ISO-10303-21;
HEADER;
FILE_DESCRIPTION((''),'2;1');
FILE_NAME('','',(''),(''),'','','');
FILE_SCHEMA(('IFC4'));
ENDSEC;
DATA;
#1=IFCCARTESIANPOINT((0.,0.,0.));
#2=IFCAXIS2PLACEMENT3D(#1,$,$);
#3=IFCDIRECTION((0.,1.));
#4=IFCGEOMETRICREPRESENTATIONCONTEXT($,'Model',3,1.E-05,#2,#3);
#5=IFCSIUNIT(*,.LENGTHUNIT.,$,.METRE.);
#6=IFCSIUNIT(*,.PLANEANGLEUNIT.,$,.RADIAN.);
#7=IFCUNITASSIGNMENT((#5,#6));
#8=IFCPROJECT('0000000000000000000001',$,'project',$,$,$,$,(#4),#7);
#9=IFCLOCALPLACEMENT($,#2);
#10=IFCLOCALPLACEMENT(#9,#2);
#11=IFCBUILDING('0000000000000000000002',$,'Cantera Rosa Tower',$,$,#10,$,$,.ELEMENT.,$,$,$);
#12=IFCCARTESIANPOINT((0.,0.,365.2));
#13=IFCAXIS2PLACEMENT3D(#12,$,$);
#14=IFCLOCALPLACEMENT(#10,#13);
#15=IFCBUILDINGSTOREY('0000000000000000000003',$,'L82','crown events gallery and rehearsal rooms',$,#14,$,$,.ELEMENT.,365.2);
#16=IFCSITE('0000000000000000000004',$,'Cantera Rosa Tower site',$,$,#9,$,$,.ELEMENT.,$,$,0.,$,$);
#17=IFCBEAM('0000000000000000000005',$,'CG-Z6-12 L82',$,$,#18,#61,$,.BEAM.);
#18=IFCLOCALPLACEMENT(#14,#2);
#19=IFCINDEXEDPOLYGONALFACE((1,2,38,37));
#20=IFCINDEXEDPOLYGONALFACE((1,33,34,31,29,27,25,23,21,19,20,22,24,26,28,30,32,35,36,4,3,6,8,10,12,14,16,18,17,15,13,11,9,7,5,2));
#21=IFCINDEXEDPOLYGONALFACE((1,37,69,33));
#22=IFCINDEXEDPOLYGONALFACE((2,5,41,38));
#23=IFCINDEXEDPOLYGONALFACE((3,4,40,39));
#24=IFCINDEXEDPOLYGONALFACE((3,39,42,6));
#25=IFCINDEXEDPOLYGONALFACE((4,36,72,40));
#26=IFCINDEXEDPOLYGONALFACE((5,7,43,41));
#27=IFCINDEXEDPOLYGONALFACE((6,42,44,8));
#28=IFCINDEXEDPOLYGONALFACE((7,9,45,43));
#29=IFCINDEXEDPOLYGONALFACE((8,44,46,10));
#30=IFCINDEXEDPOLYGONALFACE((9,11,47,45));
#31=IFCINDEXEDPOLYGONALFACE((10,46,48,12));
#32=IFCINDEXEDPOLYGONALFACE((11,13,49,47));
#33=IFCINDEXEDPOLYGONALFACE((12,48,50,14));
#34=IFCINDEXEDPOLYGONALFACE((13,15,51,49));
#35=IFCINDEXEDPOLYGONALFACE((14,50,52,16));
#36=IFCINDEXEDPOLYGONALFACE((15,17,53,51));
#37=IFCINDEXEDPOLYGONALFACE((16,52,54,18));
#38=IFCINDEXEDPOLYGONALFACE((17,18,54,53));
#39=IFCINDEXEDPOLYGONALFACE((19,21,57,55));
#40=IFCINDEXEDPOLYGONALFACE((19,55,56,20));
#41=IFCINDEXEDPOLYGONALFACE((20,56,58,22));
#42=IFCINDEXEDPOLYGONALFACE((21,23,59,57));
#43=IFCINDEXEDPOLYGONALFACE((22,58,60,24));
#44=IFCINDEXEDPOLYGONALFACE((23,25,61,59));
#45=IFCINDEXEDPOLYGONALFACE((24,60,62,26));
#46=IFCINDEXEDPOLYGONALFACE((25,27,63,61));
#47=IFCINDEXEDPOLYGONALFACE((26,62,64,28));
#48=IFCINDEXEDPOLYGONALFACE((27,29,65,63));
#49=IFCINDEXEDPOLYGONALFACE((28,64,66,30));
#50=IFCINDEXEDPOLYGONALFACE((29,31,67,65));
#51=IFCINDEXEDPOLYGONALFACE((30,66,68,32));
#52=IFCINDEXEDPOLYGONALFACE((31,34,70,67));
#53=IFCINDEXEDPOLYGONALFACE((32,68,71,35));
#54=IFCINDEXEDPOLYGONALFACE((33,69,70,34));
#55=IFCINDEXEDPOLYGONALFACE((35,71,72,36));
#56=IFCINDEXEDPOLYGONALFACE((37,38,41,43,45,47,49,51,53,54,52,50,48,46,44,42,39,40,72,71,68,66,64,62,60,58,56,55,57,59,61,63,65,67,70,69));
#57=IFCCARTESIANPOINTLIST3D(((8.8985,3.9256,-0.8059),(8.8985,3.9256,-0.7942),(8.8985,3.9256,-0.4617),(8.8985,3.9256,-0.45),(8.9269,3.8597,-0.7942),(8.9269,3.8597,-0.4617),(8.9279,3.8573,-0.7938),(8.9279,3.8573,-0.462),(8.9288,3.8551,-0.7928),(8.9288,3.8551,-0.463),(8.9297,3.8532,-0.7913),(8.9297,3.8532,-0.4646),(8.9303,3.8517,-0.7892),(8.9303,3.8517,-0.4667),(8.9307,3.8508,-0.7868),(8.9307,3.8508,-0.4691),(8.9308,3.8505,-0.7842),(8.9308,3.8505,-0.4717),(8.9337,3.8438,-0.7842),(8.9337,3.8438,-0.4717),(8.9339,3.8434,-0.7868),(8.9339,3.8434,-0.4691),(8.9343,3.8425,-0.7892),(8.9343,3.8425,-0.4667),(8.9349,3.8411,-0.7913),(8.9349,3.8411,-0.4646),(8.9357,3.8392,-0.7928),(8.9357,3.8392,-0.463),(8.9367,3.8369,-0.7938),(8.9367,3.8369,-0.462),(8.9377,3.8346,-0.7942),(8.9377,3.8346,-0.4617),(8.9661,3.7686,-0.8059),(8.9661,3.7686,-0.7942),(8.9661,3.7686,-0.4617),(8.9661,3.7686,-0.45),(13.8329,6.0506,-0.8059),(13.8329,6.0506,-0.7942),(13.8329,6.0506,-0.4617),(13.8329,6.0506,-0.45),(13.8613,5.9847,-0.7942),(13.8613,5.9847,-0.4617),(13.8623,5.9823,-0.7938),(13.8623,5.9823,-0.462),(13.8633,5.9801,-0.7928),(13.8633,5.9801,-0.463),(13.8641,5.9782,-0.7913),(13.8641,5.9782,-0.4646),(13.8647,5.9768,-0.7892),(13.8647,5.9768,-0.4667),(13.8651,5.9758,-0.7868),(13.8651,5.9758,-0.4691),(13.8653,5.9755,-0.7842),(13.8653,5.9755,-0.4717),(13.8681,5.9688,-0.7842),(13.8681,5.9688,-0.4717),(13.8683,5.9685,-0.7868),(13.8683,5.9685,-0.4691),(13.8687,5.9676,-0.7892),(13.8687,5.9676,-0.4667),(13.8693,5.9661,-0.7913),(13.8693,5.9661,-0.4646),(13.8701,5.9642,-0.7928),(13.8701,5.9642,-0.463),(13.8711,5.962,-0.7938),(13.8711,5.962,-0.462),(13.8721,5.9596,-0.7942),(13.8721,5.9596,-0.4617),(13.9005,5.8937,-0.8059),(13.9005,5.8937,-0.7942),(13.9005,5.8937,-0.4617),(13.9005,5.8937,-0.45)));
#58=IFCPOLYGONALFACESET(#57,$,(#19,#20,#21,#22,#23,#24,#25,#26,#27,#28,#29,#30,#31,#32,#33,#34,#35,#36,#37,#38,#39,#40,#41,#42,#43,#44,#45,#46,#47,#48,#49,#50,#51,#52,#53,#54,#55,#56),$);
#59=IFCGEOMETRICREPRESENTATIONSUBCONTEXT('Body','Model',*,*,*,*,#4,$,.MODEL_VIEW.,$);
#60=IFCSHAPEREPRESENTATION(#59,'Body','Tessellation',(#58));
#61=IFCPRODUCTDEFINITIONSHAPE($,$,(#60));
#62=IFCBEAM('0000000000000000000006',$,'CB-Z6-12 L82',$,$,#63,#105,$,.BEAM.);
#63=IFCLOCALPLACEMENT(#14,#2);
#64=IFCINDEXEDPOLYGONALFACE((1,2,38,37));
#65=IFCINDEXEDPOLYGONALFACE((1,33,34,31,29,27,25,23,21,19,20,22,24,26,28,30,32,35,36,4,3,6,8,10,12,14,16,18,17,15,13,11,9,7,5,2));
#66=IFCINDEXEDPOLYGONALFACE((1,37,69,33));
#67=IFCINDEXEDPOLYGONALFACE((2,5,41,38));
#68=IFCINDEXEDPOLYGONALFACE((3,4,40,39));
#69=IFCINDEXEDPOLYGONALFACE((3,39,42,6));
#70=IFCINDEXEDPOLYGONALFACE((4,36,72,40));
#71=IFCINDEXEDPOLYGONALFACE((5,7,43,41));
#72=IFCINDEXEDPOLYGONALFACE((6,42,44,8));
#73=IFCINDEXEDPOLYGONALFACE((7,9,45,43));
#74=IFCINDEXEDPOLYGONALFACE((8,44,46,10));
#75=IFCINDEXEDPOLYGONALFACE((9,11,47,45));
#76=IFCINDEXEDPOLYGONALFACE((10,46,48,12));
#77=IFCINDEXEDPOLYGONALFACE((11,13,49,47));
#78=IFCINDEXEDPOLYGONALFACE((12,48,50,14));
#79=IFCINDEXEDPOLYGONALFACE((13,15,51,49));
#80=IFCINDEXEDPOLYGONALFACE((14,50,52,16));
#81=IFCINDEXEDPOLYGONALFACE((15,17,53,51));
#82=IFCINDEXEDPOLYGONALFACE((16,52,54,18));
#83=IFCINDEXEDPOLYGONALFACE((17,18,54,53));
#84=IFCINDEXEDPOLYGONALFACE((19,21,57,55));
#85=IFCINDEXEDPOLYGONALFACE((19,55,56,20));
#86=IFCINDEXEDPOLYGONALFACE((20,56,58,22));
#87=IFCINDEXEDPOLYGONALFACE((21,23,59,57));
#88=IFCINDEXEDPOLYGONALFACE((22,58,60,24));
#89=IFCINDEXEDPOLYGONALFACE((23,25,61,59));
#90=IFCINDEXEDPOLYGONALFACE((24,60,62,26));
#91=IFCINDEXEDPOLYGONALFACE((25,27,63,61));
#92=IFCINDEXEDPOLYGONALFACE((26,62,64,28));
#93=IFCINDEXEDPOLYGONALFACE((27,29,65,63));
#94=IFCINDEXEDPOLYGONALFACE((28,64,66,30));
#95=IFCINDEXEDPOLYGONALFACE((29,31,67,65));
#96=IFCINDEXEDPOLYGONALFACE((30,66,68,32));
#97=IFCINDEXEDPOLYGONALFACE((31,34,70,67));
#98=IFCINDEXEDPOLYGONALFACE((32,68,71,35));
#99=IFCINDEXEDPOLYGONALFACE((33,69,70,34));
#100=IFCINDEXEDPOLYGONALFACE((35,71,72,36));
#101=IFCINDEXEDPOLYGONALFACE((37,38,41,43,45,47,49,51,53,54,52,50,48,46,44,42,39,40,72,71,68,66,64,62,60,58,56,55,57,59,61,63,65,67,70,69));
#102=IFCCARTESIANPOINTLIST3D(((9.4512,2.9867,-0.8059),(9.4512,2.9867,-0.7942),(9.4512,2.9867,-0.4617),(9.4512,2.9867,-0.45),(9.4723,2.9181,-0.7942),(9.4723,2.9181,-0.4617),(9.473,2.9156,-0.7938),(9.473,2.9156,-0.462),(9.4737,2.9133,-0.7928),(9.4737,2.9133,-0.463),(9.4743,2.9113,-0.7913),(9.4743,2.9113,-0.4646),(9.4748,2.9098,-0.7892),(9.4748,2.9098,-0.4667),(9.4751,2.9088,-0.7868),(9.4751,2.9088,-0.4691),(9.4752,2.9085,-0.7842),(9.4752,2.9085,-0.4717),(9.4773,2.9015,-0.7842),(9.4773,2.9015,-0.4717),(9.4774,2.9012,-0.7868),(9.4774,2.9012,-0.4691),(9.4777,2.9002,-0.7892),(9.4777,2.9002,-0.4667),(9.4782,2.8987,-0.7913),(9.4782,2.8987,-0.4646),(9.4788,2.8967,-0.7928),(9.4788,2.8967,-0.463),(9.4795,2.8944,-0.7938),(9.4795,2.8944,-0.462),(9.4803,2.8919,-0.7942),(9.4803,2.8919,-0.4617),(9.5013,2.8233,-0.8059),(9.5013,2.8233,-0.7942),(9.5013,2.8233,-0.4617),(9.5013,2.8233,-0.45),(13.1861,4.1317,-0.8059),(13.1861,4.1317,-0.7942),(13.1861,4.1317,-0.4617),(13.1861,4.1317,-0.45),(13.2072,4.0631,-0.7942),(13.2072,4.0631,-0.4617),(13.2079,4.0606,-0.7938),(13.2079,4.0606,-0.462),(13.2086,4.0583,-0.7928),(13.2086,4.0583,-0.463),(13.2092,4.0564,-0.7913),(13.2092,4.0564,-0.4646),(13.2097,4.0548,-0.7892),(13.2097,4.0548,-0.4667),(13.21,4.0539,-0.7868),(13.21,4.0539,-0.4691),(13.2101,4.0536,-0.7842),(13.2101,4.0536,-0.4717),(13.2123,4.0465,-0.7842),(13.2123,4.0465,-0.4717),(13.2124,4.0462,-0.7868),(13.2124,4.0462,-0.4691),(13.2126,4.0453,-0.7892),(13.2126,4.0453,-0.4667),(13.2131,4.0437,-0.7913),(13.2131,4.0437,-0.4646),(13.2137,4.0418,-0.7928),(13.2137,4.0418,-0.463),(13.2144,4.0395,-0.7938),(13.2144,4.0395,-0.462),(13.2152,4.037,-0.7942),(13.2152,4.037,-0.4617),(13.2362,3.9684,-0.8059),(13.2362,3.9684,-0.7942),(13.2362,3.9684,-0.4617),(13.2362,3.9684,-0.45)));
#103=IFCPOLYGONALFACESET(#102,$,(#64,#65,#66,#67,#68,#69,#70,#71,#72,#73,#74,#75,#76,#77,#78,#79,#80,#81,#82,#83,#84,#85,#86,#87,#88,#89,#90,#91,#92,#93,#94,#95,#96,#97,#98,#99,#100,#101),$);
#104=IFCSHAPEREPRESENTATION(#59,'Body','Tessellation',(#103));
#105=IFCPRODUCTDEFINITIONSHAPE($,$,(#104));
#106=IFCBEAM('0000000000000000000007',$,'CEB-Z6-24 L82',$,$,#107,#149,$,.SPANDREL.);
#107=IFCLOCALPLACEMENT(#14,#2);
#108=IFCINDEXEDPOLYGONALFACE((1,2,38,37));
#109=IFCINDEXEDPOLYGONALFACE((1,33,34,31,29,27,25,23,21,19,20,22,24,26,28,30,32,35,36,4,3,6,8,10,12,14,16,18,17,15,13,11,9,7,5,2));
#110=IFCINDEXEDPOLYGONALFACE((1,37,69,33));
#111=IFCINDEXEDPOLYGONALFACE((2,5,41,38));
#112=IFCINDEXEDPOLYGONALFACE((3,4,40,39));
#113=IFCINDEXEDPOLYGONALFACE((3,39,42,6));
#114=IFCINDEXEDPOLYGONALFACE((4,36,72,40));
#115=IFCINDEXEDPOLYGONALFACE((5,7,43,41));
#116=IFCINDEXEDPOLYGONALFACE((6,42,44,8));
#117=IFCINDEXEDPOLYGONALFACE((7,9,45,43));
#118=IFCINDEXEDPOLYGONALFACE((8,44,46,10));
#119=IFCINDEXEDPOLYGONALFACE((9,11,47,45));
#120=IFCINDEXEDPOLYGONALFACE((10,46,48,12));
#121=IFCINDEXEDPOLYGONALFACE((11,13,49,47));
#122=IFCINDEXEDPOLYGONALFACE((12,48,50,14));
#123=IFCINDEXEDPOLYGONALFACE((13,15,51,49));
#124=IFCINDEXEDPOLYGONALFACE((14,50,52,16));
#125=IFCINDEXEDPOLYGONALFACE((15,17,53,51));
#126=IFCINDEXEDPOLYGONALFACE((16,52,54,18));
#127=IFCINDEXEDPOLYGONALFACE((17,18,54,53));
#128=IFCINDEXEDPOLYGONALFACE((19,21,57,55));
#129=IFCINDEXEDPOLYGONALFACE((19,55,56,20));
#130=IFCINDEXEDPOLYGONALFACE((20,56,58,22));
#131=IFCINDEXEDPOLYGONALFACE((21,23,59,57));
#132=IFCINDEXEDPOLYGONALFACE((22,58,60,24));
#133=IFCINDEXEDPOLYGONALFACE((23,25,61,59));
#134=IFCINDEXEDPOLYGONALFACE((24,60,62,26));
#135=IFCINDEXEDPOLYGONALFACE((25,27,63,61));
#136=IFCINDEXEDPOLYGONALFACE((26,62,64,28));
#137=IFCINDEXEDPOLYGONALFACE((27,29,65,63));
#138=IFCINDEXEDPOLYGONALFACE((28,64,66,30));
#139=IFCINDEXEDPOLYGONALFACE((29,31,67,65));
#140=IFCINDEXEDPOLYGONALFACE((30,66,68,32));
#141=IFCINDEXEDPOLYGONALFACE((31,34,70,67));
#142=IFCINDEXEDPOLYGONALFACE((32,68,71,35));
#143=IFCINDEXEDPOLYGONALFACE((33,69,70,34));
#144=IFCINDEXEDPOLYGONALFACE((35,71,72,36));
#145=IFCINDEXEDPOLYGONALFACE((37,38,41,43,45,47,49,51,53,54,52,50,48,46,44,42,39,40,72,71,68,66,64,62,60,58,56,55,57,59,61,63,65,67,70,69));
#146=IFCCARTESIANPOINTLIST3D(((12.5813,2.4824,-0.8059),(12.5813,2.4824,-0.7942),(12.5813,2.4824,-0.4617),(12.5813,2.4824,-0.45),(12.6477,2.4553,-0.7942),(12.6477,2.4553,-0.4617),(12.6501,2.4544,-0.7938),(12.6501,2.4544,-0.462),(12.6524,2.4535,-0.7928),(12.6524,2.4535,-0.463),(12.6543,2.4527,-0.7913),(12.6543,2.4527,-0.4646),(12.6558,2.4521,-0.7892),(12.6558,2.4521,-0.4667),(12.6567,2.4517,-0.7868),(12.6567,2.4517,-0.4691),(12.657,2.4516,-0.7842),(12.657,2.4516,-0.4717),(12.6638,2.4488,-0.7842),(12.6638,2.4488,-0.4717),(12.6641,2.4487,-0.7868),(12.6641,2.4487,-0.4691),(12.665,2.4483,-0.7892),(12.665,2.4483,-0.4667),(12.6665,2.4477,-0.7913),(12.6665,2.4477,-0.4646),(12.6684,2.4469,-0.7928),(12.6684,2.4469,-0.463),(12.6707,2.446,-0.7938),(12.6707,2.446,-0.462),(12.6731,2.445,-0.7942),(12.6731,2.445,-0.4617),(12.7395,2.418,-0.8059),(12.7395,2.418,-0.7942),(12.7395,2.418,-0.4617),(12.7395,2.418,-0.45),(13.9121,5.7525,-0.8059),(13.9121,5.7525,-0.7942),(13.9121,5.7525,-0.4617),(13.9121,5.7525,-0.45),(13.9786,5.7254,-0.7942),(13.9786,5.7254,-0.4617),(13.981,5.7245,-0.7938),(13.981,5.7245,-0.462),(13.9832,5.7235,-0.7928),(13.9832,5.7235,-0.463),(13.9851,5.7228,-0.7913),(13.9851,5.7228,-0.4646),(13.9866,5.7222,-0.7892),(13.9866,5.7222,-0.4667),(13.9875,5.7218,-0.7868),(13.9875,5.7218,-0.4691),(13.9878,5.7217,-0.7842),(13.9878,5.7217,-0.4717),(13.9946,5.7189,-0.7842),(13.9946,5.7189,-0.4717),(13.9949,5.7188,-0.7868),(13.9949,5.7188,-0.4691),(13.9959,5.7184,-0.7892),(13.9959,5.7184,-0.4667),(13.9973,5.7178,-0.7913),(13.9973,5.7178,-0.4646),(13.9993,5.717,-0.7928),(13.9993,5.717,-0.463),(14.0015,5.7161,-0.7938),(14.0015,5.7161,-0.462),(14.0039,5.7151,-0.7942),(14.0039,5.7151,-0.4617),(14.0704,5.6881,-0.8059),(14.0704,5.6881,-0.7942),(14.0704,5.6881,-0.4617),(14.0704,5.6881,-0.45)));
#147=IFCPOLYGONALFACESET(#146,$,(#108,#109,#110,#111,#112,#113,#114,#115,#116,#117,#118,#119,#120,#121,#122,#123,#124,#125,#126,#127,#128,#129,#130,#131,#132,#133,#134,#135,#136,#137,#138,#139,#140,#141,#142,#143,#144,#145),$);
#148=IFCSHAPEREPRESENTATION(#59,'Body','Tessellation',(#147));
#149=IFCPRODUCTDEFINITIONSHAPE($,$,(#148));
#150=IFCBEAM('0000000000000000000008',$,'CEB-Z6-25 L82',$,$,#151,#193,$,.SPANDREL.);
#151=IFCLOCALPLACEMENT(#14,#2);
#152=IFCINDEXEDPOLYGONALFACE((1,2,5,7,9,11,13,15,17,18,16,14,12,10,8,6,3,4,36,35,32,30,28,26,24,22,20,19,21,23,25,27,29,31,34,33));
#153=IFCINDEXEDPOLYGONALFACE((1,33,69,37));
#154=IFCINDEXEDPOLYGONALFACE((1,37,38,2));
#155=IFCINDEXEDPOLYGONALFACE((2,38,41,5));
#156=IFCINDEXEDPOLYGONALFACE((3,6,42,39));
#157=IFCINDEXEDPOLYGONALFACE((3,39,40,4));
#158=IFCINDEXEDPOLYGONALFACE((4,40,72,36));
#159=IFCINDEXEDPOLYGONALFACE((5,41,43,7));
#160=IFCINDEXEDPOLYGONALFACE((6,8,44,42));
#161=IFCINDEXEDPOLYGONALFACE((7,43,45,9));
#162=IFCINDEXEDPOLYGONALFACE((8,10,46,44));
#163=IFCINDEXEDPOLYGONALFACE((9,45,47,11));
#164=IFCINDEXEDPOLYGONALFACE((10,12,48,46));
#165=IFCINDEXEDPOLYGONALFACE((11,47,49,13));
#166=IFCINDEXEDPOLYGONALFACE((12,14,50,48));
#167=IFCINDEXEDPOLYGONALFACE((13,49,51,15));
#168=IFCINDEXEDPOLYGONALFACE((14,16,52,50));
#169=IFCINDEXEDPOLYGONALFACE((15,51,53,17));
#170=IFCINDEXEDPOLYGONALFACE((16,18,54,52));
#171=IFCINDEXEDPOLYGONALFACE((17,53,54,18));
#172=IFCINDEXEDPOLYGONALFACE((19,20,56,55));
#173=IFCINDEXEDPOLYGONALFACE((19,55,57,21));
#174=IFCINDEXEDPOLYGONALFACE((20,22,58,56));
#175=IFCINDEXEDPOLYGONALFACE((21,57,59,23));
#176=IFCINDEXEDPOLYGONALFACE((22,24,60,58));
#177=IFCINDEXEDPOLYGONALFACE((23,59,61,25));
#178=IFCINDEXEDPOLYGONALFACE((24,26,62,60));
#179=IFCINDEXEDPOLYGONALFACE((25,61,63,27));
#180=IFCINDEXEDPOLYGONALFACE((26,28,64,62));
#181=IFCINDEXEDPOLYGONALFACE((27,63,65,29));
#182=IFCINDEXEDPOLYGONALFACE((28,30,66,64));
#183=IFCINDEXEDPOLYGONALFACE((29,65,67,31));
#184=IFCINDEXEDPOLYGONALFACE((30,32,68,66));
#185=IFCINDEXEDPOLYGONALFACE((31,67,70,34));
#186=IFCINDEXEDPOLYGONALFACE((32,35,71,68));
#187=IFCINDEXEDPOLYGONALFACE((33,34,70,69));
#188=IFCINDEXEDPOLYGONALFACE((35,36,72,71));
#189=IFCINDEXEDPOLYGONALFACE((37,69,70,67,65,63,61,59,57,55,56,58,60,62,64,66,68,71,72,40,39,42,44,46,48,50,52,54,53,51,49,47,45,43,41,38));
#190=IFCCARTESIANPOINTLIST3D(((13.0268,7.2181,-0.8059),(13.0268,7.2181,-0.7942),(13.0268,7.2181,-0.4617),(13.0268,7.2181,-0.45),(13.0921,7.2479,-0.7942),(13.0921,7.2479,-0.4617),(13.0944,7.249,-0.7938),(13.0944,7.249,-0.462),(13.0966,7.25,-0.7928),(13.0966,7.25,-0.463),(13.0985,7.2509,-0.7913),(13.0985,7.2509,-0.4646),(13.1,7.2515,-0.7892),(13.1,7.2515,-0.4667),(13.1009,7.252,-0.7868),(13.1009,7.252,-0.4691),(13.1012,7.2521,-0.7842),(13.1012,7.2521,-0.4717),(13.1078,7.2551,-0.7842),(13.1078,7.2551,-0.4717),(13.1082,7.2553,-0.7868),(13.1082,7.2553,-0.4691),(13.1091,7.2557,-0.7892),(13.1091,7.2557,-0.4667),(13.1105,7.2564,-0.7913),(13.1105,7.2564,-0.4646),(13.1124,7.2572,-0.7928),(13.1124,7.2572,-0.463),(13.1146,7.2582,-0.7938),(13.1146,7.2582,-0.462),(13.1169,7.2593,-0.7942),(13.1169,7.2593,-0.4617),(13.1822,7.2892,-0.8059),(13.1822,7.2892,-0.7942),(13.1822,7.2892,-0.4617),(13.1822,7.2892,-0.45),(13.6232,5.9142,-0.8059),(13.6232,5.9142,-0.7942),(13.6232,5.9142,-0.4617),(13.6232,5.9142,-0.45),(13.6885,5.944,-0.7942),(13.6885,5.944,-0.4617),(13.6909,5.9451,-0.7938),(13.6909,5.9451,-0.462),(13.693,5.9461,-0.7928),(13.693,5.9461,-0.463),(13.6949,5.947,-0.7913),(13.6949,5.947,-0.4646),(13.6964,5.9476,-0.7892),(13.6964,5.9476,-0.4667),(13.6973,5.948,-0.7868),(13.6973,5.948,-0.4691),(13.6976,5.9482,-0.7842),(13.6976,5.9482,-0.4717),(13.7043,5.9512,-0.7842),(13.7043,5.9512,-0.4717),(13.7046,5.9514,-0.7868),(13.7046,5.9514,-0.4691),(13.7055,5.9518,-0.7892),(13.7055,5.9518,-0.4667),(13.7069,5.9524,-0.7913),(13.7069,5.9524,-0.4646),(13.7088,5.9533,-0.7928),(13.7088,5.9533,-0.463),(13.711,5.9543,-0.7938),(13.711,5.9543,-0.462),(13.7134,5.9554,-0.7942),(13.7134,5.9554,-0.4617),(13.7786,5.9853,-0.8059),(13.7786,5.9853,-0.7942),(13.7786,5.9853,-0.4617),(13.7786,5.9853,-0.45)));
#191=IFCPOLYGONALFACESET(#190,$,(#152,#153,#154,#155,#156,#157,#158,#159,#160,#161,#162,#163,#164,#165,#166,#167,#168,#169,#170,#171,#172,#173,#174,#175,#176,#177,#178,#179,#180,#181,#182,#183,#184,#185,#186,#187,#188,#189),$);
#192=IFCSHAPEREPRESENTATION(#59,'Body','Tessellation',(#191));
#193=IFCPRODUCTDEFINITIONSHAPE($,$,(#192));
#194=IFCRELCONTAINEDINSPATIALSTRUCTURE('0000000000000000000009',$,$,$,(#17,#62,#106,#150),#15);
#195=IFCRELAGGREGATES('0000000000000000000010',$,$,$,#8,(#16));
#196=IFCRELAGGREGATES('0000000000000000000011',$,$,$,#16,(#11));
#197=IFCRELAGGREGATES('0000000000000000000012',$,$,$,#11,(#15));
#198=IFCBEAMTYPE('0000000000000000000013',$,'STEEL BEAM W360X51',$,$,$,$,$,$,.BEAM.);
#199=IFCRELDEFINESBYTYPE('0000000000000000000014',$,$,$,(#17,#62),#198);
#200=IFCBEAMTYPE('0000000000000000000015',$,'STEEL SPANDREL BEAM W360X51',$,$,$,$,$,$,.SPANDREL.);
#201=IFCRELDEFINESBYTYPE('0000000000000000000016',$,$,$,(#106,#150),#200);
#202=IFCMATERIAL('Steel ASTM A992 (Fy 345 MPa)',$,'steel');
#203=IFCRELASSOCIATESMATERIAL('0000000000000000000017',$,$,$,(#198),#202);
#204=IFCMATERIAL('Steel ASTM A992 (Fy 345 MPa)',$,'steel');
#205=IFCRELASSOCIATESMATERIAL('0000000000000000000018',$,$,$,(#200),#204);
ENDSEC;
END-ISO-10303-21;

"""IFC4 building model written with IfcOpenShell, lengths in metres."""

from ifc_helpers import new_model, si_unit, direction, frame, origin, origin_2d, place, context, subcontext, project, spatial, i_section, extrude, material, material_profile, profile_set, type_object, element, save


model = new_model("IFC4")

# Units and contexts
model_context = context("Model", 3, precision=1e-05, world=origin(), true_north=direction((0.0, 1.0)))
body_context = subcontext(model_context, "Body", "Model", "MODEL_VIEW")
ifc_project = project(units=[si_unit("LENGTHUNIT", "METRE"), si_unit("PLANEANGLEUNIT", "RADIAN")], contexts=[model_context])

# Site, building, storey
site_placement = place(None, origin())
site = spatial("IfcSite", under=ifc_project, at=site_placement, Name="Cantera Rosa Tower site", CompositionType="ELEMENT", RefElevation=0.0)
building_placement = place(site_placement, origin())
building = spatial("IfcBuilding", under=site, at=building_placement, Name="Cantera Rosa Tower", CompositionType="ELEMENT")
storey_placement = place(building_placement, frame((0.0, 0.0, 365.2)))
storey = spatial("IfcBuildingStorey", under=building, at=storey_placement, Name="L82", Description="crown events gallery and rehearsal rooms", CompositionType="ELEMENT", Elevation=365.2)

# Beams
ifc_material_1 = material(Name="Steel ASTM A992 (Fy 345 MPa)", Category="steel")
ifc_material_profile_1 = material_profile(ifc_material_1, i_section(OverallWidth=0.1709, OverallDepth=0.356, WebThickness=0.0073, FlangeThickness=0.0117, FilletRadius=0.01, at=origin_2d()), Name="W360X51")
ifc_profile_set_1 = profile_set([ifc_material_profile_1], Name="Steel ASTM A992 (Fy 345 MPa)")
beam_type_1 = type_object("IfcBeamType", Name="STEEL BEAM W360X51", PredefinedType="BEAM", material=ifc_profile_set_1)
beam_1_placement = place(storey_placement, frame((13.8667, 5.9722, -0.6279), z_axis=(-0.91845, -0.395537, 0.0), x_axis=(0.395537, -0.91845, 0.0)))
element("IfcBeam", 1, at=beam_1_placement, inside=storey, type_object=beam_type_1, Name="CG-Z6-12 L82", PredefinedType="BEAM", context=body_context, shape_type="SweptSolid", body=[
    extrude(i_section(OverallWidth=0.1709, OverallDepth=0.356, WebThickness=0.0073, FlangeThickness=0.0117, FilletRadius=0.01, at=origin_2d()), origin(), (0.0, 0.0, 1.0), 5.3726),
])
beam_2_placement = place(storey_placement, frame((13.2112, 4.05, -0.6279), z_axis=(-0.956078, -0.293111, 0.0), x_axis=(0.293111, -0.956078, 0.0)))
element("IfcBeam", 2, at=beam_2_placement, inside=storey, type_object=beam_type_1, Name="CB-Z6-12 L82", PredefinedType="BEAM", context=body_context, shape_type="SweptSolid", body=[
    extrude(i_section(OverallWidth=0.1709, OverallDepth=0.356, WebThickness=0.0073, FlangeThickness=0.0117, FilletRadius=0.01, at=origin_2d()), origin(), (0.0, 0.0, 1.0), 3.9065),
])
ifc_material_2 = material(Name="Steel ASTM A992 (Fy 345 MPa)", Category="steel")
ifc_material_profile_2 = material_profile(ifc_material_2, i_section(OverallWidth=0.1709, OverallDepth=0.356, WebThickness=0.0073, FlangeThickness=0.0117, FilletRadius=0.01, at=origin_2d()), Name="W360X51")
ifc_profile_set_2 = profile_set([ifc_material_profile_2], Name="Steel ASTM A992 (Fy 345 MPa)")
beam_type_2 = type_object("IfcBeamType", Name="STEEL SPANDREL BEAM W360X51", PredefinedType="SPANDREL", material=ifc_profile_set_2)
beam_3_placement = place(storey_placement, frame((12.6604, 2.4502, -0.6279), z_axis=(0.376952, 0.926233, 0.0), x_axis=(-0.926233, 0.376952, 0.0)))
element("IfcBeam", 3, at=beam_3_placement, inside=storey, type_object=beam_type_2, Name="CEB-Z6-24 L82", PredefinedType="SPANDREL", context=body_context, shape_type="SweptSolid", body=[
    extrude(i_section(OverallWidth=0.1709, OverallDepth=0.356, WebThickness=0.0073, FlangeThickness=0.0117, FilletRadius=0.01, at=origin_2d()), origin(), (0.0, 0.0, 1.0), 3.5305),
])
beam_4_placement = place(storey_placement, frame((13.7009, 5.9497, -0.6279), z_axis=(-0.415957, 0.909384, 0.0), x_axis=(-0.909384, -0.415957, 0.0)))
element("IfcBeam", 4, at=beam_4_placement, inside=storey, type_object=beam_type_2, Name="CEB-Z6-25 L82", PredefinedType="SPANDREL", context=body_context, shape_type="SweptSolid", body=[
    extrude(i_section(OverallWidth=0.1709, OverallDepth=0.356, WebThickness=0.0073, FlangeThickness=0.0117, FilletRadius=0.01, at=origin_2d()), origin(), (0.0, 0.0, 1.0), 1.4338),
])

save(model, "model.ifc")
